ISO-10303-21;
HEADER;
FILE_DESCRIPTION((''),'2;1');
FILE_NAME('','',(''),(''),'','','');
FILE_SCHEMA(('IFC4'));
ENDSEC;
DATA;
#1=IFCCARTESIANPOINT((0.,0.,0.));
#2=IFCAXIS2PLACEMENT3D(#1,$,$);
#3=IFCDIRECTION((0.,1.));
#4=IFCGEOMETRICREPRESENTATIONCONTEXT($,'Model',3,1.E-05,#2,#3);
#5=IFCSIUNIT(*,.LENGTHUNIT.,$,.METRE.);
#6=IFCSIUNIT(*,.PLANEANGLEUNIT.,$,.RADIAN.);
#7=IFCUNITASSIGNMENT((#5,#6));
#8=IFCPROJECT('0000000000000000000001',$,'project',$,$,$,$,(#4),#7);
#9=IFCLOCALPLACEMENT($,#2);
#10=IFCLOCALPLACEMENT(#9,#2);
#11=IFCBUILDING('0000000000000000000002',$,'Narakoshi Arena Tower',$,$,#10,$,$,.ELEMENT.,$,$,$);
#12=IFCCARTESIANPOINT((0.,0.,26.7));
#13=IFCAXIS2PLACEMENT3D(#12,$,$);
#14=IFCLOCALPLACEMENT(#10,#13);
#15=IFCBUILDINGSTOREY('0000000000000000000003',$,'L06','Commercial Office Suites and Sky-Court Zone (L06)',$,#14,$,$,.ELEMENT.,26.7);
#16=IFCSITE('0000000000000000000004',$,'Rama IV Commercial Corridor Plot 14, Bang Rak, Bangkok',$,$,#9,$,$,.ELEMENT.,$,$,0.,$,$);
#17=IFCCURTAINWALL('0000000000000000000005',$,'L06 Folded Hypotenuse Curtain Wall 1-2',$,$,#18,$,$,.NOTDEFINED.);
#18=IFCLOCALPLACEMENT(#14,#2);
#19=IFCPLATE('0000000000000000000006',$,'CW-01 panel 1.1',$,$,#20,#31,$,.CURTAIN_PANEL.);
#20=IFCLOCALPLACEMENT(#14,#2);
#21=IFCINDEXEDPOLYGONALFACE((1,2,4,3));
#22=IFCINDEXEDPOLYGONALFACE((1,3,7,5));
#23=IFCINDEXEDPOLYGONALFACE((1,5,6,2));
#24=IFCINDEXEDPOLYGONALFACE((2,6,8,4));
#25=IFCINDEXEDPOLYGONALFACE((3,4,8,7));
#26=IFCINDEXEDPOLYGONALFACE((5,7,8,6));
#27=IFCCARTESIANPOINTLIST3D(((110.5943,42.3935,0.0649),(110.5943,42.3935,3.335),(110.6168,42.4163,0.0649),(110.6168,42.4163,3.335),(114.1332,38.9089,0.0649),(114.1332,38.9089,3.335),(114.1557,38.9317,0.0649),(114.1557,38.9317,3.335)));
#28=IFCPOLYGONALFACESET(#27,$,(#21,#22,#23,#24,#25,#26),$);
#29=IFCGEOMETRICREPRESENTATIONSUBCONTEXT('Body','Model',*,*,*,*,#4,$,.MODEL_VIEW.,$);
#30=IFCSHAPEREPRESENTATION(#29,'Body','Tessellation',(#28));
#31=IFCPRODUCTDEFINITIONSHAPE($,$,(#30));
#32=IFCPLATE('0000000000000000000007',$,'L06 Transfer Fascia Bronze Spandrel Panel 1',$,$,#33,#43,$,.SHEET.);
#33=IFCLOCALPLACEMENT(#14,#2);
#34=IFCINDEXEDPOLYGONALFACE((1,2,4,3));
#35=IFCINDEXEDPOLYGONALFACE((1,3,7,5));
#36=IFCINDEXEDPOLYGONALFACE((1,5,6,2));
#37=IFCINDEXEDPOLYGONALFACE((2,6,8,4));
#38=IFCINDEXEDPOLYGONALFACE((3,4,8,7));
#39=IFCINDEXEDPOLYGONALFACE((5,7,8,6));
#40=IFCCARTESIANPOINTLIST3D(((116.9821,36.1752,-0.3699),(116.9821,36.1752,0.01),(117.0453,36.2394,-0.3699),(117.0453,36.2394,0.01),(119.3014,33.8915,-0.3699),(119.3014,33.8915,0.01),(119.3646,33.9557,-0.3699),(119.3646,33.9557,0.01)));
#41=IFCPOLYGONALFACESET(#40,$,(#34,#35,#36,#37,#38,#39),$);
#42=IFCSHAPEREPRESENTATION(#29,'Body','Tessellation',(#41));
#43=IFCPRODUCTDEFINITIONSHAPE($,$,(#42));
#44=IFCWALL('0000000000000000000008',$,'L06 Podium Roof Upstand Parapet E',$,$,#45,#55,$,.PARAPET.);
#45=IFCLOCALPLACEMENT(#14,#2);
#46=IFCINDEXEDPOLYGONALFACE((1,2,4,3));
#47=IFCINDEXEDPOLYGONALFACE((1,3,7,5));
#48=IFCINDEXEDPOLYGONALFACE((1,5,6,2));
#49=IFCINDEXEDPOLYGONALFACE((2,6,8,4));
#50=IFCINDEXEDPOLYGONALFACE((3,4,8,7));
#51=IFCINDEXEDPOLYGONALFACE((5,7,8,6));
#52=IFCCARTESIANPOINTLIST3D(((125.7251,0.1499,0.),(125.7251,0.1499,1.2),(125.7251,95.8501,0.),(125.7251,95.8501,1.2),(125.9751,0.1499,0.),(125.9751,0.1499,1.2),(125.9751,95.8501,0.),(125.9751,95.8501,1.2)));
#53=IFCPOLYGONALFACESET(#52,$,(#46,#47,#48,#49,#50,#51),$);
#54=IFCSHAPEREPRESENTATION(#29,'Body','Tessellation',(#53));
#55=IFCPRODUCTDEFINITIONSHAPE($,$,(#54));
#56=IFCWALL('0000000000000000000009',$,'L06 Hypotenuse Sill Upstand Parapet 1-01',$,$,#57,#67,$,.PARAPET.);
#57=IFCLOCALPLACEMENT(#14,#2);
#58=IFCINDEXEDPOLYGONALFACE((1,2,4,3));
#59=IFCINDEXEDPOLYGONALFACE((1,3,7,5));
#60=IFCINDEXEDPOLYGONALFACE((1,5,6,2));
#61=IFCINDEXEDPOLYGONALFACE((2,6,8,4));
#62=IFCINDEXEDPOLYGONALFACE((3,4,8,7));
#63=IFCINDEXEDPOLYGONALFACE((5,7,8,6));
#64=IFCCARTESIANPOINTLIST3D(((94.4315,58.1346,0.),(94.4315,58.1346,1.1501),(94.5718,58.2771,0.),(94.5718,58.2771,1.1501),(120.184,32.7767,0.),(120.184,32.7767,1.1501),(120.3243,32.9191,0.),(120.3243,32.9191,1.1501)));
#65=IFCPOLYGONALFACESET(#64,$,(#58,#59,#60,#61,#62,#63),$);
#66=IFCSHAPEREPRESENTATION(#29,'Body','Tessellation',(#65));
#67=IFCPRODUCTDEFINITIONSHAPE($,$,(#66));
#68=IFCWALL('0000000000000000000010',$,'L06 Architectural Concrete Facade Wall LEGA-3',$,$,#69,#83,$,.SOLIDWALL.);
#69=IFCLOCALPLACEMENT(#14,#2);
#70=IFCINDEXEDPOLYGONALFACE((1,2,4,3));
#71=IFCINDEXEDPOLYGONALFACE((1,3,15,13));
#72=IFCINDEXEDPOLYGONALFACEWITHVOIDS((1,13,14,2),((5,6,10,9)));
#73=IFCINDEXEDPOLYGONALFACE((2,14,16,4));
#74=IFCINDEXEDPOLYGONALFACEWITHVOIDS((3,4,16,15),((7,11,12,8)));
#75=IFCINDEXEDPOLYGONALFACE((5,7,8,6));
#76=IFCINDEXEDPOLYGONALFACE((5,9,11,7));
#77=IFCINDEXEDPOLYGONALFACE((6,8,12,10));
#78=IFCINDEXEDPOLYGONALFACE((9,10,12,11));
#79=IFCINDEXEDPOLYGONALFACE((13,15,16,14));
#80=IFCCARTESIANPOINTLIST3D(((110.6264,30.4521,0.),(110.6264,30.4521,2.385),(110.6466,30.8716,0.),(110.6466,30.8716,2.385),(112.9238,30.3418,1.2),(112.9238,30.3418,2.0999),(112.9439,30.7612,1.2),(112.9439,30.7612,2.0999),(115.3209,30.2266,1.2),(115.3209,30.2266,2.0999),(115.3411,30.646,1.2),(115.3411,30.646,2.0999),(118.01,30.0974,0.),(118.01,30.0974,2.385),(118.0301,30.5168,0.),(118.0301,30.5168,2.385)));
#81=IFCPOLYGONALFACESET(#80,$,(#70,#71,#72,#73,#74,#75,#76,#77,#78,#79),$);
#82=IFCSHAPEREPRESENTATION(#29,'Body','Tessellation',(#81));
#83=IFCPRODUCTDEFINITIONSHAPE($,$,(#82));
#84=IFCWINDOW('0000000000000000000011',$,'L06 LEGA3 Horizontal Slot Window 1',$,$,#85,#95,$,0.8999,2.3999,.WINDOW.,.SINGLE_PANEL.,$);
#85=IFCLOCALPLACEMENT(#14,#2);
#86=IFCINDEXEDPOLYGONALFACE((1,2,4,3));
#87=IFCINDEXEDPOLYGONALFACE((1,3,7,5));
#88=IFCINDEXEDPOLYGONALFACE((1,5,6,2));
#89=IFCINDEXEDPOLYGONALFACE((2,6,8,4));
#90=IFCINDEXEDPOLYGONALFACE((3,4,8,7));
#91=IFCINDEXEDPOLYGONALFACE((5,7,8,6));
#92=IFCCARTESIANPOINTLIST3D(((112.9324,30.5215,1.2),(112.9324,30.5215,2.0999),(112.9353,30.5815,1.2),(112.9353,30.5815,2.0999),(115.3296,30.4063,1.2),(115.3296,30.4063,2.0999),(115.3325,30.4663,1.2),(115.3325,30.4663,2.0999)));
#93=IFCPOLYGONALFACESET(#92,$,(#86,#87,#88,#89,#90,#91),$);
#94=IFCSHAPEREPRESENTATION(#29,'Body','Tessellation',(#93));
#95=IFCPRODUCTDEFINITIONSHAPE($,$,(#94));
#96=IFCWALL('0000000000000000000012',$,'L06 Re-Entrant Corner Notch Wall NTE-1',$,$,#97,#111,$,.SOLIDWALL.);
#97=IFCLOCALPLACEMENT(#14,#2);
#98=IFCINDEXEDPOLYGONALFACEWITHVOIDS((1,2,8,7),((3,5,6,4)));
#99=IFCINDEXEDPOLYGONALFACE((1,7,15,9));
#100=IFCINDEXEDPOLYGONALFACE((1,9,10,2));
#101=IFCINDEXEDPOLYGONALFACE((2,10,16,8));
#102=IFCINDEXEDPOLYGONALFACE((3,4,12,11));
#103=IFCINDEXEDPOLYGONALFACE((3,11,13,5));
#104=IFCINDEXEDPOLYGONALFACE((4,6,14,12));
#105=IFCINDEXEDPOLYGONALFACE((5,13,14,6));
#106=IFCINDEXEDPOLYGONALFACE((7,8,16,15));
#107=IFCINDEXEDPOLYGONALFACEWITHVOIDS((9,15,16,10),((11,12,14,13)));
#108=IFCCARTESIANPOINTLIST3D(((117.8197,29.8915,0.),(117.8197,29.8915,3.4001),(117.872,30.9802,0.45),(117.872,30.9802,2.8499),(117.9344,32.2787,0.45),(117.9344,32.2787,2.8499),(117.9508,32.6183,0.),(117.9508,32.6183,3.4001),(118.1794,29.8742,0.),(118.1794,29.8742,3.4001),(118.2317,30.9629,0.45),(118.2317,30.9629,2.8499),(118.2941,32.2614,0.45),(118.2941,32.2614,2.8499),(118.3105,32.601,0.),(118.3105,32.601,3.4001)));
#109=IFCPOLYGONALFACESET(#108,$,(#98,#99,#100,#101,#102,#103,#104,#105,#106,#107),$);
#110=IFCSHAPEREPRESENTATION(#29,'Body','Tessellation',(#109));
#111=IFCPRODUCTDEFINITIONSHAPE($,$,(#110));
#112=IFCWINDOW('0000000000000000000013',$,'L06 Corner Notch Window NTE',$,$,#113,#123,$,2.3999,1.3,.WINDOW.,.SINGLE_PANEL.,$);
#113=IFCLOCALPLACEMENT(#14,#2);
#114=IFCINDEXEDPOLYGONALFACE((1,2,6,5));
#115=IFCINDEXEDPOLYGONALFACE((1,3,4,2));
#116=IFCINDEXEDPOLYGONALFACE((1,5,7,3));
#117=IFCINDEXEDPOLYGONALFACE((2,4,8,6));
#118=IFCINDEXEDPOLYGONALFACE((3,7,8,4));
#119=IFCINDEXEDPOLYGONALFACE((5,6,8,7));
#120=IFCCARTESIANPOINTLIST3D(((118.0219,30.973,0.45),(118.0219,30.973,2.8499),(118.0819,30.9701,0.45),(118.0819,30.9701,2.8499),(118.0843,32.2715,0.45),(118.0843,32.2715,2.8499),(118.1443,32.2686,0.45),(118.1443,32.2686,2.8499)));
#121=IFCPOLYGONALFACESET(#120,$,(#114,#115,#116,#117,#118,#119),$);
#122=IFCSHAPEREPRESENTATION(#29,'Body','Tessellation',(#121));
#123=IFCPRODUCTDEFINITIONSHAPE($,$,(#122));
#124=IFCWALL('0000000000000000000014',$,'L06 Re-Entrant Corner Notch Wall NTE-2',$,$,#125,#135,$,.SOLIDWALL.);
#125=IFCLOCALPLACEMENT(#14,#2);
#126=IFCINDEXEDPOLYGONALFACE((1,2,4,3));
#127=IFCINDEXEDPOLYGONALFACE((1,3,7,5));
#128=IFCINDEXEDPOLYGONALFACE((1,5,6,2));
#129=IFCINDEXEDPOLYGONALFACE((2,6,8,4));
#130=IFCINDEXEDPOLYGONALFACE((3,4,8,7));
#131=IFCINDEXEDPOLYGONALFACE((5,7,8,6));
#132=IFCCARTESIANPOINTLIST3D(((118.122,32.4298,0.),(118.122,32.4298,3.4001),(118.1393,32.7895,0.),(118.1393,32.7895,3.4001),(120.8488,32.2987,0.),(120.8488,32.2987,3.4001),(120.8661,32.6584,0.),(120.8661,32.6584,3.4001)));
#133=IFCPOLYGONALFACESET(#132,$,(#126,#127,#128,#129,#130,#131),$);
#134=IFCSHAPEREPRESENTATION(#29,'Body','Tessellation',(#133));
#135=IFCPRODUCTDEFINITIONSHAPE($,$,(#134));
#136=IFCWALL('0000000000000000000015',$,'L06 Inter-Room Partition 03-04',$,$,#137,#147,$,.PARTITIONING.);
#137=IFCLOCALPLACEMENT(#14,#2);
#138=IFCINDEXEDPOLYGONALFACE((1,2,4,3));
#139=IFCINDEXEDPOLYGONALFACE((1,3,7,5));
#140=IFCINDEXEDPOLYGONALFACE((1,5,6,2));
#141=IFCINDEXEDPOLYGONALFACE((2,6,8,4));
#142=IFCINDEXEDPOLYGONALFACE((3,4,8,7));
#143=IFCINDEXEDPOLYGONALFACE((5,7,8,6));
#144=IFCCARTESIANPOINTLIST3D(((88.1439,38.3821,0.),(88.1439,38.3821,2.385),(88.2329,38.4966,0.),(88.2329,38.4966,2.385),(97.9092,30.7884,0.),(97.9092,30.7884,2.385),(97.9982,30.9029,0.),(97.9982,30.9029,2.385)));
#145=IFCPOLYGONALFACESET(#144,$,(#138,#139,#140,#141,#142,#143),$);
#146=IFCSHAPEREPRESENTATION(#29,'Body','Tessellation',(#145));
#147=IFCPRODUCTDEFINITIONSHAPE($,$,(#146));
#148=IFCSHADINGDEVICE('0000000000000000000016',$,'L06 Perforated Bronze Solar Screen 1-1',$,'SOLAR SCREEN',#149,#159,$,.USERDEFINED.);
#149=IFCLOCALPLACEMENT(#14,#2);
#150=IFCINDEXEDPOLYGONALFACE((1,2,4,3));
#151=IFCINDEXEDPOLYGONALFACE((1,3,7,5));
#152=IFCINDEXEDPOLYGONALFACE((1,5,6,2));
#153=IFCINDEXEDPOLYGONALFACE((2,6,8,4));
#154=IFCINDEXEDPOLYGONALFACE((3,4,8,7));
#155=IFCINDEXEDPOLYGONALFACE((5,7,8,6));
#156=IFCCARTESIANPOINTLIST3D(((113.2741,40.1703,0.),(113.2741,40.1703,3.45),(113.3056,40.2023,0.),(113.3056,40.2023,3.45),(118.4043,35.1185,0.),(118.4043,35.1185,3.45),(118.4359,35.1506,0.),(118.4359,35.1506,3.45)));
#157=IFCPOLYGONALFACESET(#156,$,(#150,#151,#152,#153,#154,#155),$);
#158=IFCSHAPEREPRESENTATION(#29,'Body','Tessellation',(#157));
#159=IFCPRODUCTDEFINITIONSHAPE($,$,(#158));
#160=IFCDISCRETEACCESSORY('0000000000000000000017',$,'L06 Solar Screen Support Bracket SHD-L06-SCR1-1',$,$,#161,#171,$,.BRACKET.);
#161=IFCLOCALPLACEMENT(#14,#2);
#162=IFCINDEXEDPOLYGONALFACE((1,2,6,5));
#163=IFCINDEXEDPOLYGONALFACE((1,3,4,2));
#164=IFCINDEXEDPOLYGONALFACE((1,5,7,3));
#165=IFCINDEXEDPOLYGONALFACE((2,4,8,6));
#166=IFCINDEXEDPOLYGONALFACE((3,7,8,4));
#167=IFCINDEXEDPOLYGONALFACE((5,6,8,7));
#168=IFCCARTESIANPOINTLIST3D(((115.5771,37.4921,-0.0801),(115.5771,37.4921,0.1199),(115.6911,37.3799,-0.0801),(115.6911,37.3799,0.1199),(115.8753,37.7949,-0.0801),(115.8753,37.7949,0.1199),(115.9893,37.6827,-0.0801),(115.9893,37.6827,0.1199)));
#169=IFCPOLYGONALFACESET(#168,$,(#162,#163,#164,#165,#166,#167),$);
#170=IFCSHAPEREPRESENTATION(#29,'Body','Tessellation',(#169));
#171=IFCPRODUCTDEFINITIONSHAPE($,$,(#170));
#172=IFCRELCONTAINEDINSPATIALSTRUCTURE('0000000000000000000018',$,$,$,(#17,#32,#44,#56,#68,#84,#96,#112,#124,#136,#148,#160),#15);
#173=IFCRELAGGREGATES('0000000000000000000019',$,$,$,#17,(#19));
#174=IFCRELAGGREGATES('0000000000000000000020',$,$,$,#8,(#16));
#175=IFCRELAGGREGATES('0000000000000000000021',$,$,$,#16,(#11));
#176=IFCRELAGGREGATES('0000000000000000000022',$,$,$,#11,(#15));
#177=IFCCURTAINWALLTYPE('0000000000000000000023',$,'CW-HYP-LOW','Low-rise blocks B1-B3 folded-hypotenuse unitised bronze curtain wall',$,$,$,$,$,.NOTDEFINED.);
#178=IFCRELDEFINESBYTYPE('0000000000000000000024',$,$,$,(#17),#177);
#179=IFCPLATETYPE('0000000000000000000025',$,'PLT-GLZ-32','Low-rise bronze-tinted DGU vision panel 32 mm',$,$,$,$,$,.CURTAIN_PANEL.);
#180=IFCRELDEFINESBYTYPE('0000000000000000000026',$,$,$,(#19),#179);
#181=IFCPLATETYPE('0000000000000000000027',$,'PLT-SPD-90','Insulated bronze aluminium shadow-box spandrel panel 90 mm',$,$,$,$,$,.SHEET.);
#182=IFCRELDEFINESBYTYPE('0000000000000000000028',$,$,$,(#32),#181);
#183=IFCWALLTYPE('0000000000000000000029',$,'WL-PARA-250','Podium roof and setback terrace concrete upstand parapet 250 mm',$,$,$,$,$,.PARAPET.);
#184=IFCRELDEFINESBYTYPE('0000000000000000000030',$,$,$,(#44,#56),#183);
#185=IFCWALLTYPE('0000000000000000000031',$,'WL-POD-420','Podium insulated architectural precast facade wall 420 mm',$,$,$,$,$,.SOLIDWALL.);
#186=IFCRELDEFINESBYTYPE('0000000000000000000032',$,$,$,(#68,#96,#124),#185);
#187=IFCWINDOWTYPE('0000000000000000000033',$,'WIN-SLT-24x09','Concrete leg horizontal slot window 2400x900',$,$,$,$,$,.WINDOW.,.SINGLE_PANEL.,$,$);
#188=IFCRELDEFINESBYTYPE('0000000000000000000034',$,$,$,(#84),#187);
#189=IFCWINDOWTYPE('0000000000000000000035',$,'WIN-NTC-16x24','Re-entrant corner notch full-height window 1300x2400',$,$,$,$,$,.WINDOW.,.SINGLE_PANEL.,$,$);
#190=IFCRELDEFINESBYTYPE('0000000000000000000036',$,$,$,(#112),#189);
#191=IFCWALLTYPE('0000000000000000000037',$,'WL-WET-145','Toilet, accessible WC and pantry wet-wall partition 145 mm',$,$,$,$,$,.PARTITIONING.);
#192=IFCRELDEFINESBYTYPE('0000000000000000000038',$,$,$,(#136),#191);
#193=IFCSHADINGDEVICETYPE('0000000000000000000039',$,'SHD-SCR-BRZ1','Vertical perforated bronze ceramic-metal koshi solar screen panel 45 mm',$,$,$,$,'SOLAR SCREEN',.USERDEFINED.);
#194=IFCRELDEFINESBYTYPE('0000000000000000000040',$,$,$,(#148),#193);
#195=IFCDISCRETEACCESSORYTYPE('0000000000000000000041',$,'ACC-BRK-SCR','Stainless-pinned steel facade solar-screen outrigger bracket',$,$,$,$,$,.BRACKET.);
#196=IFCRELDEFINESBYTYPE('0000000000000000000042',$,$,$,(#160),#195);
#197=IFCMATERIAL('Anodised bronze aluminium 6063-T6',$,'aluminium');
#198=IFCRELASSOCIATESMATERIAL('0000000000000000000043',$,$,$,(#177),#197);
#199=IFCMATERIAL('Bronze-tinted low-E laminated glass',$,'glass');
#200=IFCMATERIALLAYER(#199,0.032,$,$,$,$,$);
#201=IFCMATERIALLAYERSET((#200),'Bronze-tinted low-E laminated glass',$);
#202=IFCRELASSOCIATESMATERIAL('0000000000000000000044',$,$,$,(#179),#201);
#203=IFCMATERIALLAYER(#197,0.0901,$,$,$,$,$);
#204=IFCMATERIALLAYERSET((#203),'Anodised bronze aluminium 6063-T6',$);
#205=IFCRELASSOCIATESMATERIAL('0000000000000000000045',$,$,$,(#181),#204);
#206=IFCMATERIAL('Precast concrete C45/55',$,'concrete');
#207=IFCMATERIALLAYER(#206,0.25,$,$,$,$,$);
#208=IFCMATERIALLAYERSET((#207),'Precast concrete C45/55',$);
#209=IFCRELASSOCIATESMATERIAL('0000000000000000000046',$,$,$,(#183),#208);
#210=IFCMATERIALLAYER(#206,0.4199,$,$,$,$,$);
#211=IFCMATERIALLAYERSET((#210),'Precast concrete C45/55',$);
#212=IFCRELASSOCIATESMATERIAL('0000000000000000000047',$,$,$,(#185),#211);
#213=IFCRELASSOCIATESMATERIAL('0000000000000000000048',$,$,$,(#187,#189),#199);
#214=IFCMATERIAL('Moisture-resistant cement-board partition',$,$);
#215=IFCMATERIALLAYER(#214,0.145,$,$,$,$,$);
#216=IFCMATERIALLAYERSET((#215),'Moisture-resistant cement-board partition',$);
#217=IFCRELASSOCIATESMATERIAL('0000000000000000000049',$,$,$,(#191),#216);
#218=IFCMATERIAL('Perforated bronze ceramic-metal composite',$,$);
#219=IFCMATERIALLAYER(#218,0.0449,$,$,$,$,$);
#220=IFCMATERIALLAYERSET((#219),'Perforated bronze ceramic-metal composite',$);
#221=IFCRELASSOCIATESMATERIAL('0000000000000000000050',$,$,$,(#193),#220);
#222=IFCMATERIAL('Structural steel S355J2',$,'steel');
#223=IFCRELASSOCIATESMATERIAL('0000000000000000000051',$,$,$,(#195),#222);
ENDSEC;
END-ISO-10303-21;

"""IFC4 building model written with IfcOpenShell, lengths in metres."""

from ifc_helpers import new_model, si_unit, direction, frame, frame_2d, origin, origin_2d, place, context, subcontext, project, spatial, rectangle, extrude, material, layer, layer_set, type_object, element, fill, aggregate, save


model = new_model("IFC4")

# Units and contexts
model_context = context("Model", 3, precision=1e-05, world=origin(), true_north=direction((0.0, 1.0)))
body_context = subcontext(model_context, "Body", "Model", "MODEL_VIEW")
ifc_project = project(units=[si_unit("LENGTHUNIT", "METRE"), si_unit("PLANEANGLEUNIT", "RADIAN")], contexts=[model_context])

# Site, building, storey
site_placement = place(None, origin())
site = spatial("IfcSite", under=ifc_project, at=site_placement, Name="Rama IV Commercial Corridor Plot 14, Bang Rak, Bangkok", CompositionType="ELEMENT", RefElevation=0.0)
building_placement = place(site_placement, origin())
building = spatial("IfcBuilding", under=site, at=building_placement, Name="Narakoshi Arena Tower", CompositionType="ELEMENT")
storey_placement = place(building_placement, frame((0.0, 0.0, 26.7)))
storey = spatial("IfcBuildingStorey", under=building, at=storey_placement, Name="L06", Description="Commercial Office Suites and Sky-Court Zone (L06)", CompositionType="ELEMENT", Elevation=26.7)

# Shared definitions
ifc_material_1 = material(Name="Structural steel S355J2", Category="steel")

# Curtain wall
ifc_material_2 = material(Name="Anodised bronze aluminium 6063-T6", Category="aluminium")
curtain_wall_type = type_object("IfcCurtainWallType", Name="CW-HYP-LOW", Description="Low-rise blocks B1-B3 folded-hypotenuse unitised bronze curtain wall", PredefinedType="NOTDEFINED", material=ifc_material_2)
curtain_wall_1_placement = place(storey_placement, origin())
curtain_wall_1 = element("IfcCurtainWall", 1, at=curtain_wall_1_placement, inside=storey, type_object=curtain_wall_type, Name="L06 Folded Hypotenuse Curtain Wall 1-2", PredefinedType="NOTDEFINED")

# Plates
ifc_material_3 = material(Name="Bronze-tinted low-E laminated glass", Category="glass")
ifc_layer_1 = layer(ifc_material_3, 0.032)
ifc_layer_set_1 = layer_set([ifc_layer_1], Name="Bronze-tinted low-E laminated glass")
plate_type_1 = type_object("IfcPlateType", Name="PLT-GLZ-32", Description="Low-rise bronze-tinted DGU vision panel 32 mm", PredefinedType="CURTAIN_PANEL", material=ifc_layer_set_1)
plate_1_placement = place(storey_placement, frame((112.375, 40.6626, 0.0649), z_axis=(0.0, 0.0, 1.0), x_axis=(-0.712548, 0.701623, 0.0)))
plate_1 = element("IfcPlate", 2, at=plate_1_placement, type_object=plate_type_1, Name="CW-01 panel 1.1", PredefinedType="CURTAIN_PANEL", context=body_context, shape_type="SweptSolid", body=[
    extrude(rectangle(XDim=4.9666, YDim=0.032, at=origin_2d()), origin(), (0.0, 0.0, 1.0), 3.27),
])
aggregate(curtain_wall_1, [plate_1])
ifc_layer_2 = layer(ifc_material_2, 0.0901)
ifc_layer_set_2 = layer_set([ifc_layer_2], Name="Anodised bronze aluminium 6063-T6")
plate_type_2 = type_object("IfcPlateType", Name="PLT-SPD-90", Description="Insulated bronze aluminium shadow-box spandrel panel 90 mm", PredefinedType="SHEET", material=ifc_layer_set_2)
plate_2_placement = place(storey_placement, frame((118.1733, 35.0654, -0.3699), z_axis=(0.0, 0.0, 1.0), x_axis=(-0.712541, 0.701631, 0.0)))
element("IfcPlate", 3, at=plate_2_placement, inside=storey, type_object=plate_type_2, Name="L06 Transfer Fascia Bronze Spandrel Panel 1", PredefinedType="SHEET", context=body_context, shape_type="SweptSolid", body=[
    extrude(rectangle(XDim=3.2549, YDim=0.0901, at=origin_2d()), origin(), (0.0, 0.0, 1.0), 0.3799),
])

# Walls
ifc_material_4 = material(Name="Precast concrete C45/55", Category="concrete")
ifc_layer_3 = layer(ifc_material_4, 0.25)
ifc_layer_set_3 = layer_set([ifc_layer_3], Name="Precast concrete C45/55")
wall_type_1 = type_object("IfcWallType", Name="WL-PARA-250", Description="Podium roof and setback terrace concrete upstand parapet 250 mm", PredefinedType="PARAPET", material=ifc_layer_set_3)
wall_1_placement = place(storey_placement, frame((125.8501, 0.1499, 0.0), z_axis=(0.0, 0.0, 1.0), x_axis=(0.0, 1.0, 0.0)))
element("IfcWall", 4, at=wall_1_placement, inside=storey, type_object=wall_type_1, Name="L06 Podium Roof Upstand Parapet E", PredefinedType="PARAPET", context=body_context, shape_type="SweptSolid", body=[
    extrude(rectangle(XDim=95.7002, YDim=0.25, at=frame_2d((47.8501, 0.0))), origin(), (0.0, 0.0, 1.0), 1.2),
])
wall_2_placement = place(storey_placement, frame((120.2542, 32.8479, 0.0), z_axis=(0.0, 0.0, 1.0), x_axis=(-0.712544, 0.701628, 0.0)))
element("IfcWall", 5, at=wall_2_placement, inside=storey, type_object=wall_type_1, Name="L06 Hypotenuse Sill Upstand Parapet 1-01", PredefinedType="PARAPET", context=body_context, shape_type="SweptSolid", body=[
    extrude(rectangle(XDim=36.1416, YDim=0.2, at=frame_2d((18.0708, 0.0))), origin(), (0.0, 0.0, 1.0), 1.1501),
])

# Walls, openings, windows
ifc_layer_4 = layer(ifc_material_4, 0.4199)
ifc_layer_set_4 = layer_set([ifc_layer_4], Name="Precast concrete C45/55")
wall_type_2 = type_object("IfcWallType", Name="WL-POD-420", Description="Podium insulated architectural precast facade wall 420 mm", PredefinedType="SOLIDWALL", material=ifc_layer_set_4)
wall_3_placement = place(storey_placement, frame((110.6365, 30.6619, 0.0), z_axis=(0.0, 0.0, 1.0), x_axis=(0.998848, -0.047989, 0.0)))
wall_3 = element("IfcWall", 6, at=wall_3_placement, inside=storey, type_object=wall_type_2, Name="L06 Architectural Concrete Facade Wall LEGA-3", PredefinedType="SOLIDWALL", context=body_context, shape_type="SweptSolid", body=[
    extrude(rectangle(XDim=7.3921, YDim=0.4199, at=frame_2d((3.696, 0.0))), origin(), (0.0, 0.0, 1.0), 2.385),
])
opening_1_placement = place(wall_3_placement, frame((2.3, 0.0, 1.2)))
opening_1 = element("IfcOpeningElement", 7, at=opening_1_placement, cuts=wall_3, PredefinedType="OPENING", context=body_context, shape_type="SweptSolid", body=[
    extrude(rectangle(XDim=2.3999, YDim=0.8999, at=frame_2d((1.2, 0.45))), frame((0.0, 0.22, 0.0), z_axis=(0.0, -1.0, 0.0), x_axis=(1.0, 0.0, 0.0)), (0.0, 0.0, 1.0), 0.4399),
])
window_type_1 = type_object("IfcWindowType", Name="WIN-SLT-24x09", Description="Concrete leg horizontal slot window 2400x900", PartitioningType="SINGLE_PANEL", PredefinedType="WINDOW", material=ifc_material_3)
window_1_placement = place(opening_1_placement, origin())
window_1 = element("IfcWindow", 8, at=window_1_placement, inside=storey, type_object=window_type_1, Name="L06 LEGA3 Horizontal Slot Window 1", OverallHeight=0.8999, OverallWidth=2.3999, PartitioningType="SINGLE_PANEL", PredefinedType="WINDOW", context=body_context, shape_type="SweptSolid", body=[
    extrude(rectangle(XDim=2.3999, YDim=0.8999, at=frame_2d((1.2, 0.45))), frame((0.0, 0.03, 0.0), z_axis=(0.0, -1.0, 0.0), x_axis=(1.0, 0.0, 0.0)), (0.0, 0.0, 1.0), 0.0601),
])
fill(opening_1, window_1)
wall_4_placement = place(storey_placement, frame((117.9995, 29.8828, 0.0), z_axis=(0.0, 0.0, 1.0), x_axis=(0.048024, 0.998846, 0.0)))
wall_4 = element("IfcWall", 9, at=wall_4_placement, inside=storey, type_object=wall_type_2, Name="L06 Re-Entrant Corner Notch Wall NTE-1", PredefinedType="SOLIDWALL", context=body_context, shape_type="SweptSolid", body=[
    extrude(rectangle(XDim=2.73, YDim=0.3601, at=frame_2d((1.365, 0.0))), origin(), (0.0, 0.0, 1.0), 3.4001),
])
opening_2_placement = place(wall_4_placement, frame((1.0901, 0.0, 0.45)))
opening_2 = element("IfcOpeningElement", 10, at=opening_2_placement, cuts=wall_4, PredefinedType="OPENING", context=body_context, shape_type="SweptSolid", body=[
    extrude(rectangle(XDim=1.3, YDim=2.3999, at=frame_2d((0.6499, 1.2))), frame((0.0, 0.1899, 0.0), z_axis=(0.0, -1.0, 0.0), x_axis=(1.0, 0.0, 0.0)), (0.0, 0.0, 1.0), 0.3801),
])
window_type_2 = type_object("IfcWindowType", Name="WIN-NTC-16x24", Description="Re-entrant corner notch full-height window 1300x2400", PartitioningType="SINGLE_PANEL", PredefinedType="WINDOW", material=ifc_material_3)
window_2_placement = place(opening_2_placement, origin())
window_2 = element("IfcWindow", 11, at=window_2_placement, inside=storey, type_object=window_type_2, Name="L06 Corner Notch Window NTE", OverallHeight=2.3999, OverallWidth=1.3, PartitioningType="SINGLE_PANEL", PredefinedType="WINDOW", context=body_context, shape_type="SweptSolid", body=[
    extrude(rectangle(XDim=1.3, YDim=2.3999, at=frame_2d((0.6499, 1.2))), frame((0.0, 0.03, 0.0), z_axis=(0.0, -1.0, 0.0), x_axis=(1.0, 0.0, 0.0)), (0.0, 0.0, 1.0), 0.0601),
])
fill(opening_2, window_2)

# Walls
wall_5_placement = place(storey_placement, frame((118.1306, 32.6096, 0.0), z_axis=(0.0, 0.0, 1.0), x_axis=(0.998846, -0.048024, 0.0)))
element("IfcWall", 12, at=wall_5_placement, inside=storey, type_object=wall_type_2, Name="L06 Re-Entrant Corner Notch Wall NTE-2", PredefinedType="SOLIDWALL", context=body_context, shape_type="SweptSolid", body=[
    extrude(rectangle(XDim=2.73, YDim=0.3601, at=frame_2d((1.365, 0.0))), origin(), (0.0, 0.0, 1.0), 3.4001),
])
ifc_material_5 = material(Name="Moisture-resistant cement-board partition")
ifc_layer_5 = layer(ifc_material_5, 0.145)
ifc_layer_set_5 = layer_set([ifc_layer_5], Name="Moisture-resistant cement-board partition")
wall_type_3 = type_object("IfcWallType", Name="WL-WET-145", Description="Toilet, accessible WC and pantry wet-wall partition 145 mm", PredefinedType="PARTITIONING", material=ifc_layer_set_5)
wall_6_placement = place(storey_placement, frame((97.9536, 30.8457, 0.0), z_axis=(0.0, 0.0, 1.0), x_axis=(-0.789413, 0.613863, 0.0)))
element("IfcWall", 13, at=wall_6_placement, inside=storey, type_object=wall_type_3, Name="L06 Inter-Room Partition 03-04", PredefinedType="PARTITIONING", context=body_context, shape_type="SweptSolid", body=[
    extrude(rectangle(XDim=12.3704, YDim=0.145, at=frame_2d((6.1851, 0.0))), origin(), (0.0, 0.0, 1.0), 2.385),
])

# Shading device
ifc_material_6 = material(Name="Perforated bronze ceramic-metal composite")
ifc_layer_6 = layer(ifc_material_6, 0.0449)
ifc_layer_set_6 = layer_set([ifc_layer_6], Name="Perforated bronze ceramic-metal composite")
shading_device_type = type_object("IfcShadingDeviceType", Name="SHD-SCR-BRZ1", Description="Vertical perforated bronze ceramic-metal koshi solar screen panel 45 mm", ElementType="SOLAR SCREEN", PredefinedType="USERDEFINED", material=ifc_layer_set_6)
shading_device_placement = place(storey_placement, frame((115.855, 37.6604, 0.0), z_axis=(0.0, 0.0, 1.0), x_axis=(-0.712541, 0.701631, 0.0)))
element("IfcShadingDevice", 14, at=shading_device_placement, inside=storey, type_object=shading_device_type, Name="L06 Perforated Bronze Solar Screen 1-1", ObjectType="SOLAR SCREEN", PredefinedType="USERDEFINED", context=body_context, shape_type="SweptSolid", body=[
    extrude(rectangle(XDim=7.2, YDim=0.0449, at=origin_2d()), origin(), (0.0, 0.0, 1.0), 3.45),
])

# Discrete accessory
discrete_accessory_type = type_object("IfcDiscreteAccessoryType", Name="ACC-BRK-SCR", Description="Stainless-pinned steel facade solar-screen outrigger bracket", PredefinedType="BRACKET", material=ifc_material_1)
discrete_accessory_placement = place(storey_placement, frame((115.7832, 37.5874, -0.0801), z_axis=(0.0, 0.0, 1.0), x_axis=(-0.712541, 0.701631, 0.0)))
element("IfcDiscreteAccessory", 15, at=discrete_accessory_placement, inside=storey, type_object=discrete_accessory_type, Name="L06 Solar Screen Support Bracket SHD-L06-SCR1-1", PredefinedType="BRACKET", context=body_context, shape_type="SweptSolid", body=[
    extrude(rectangle(XDim=0.1599, YDim=0.425, at=origin_2d()), origin(), (0.0, 0.0, 1.0), 0.2),
])

save(model, "model.ifc")
